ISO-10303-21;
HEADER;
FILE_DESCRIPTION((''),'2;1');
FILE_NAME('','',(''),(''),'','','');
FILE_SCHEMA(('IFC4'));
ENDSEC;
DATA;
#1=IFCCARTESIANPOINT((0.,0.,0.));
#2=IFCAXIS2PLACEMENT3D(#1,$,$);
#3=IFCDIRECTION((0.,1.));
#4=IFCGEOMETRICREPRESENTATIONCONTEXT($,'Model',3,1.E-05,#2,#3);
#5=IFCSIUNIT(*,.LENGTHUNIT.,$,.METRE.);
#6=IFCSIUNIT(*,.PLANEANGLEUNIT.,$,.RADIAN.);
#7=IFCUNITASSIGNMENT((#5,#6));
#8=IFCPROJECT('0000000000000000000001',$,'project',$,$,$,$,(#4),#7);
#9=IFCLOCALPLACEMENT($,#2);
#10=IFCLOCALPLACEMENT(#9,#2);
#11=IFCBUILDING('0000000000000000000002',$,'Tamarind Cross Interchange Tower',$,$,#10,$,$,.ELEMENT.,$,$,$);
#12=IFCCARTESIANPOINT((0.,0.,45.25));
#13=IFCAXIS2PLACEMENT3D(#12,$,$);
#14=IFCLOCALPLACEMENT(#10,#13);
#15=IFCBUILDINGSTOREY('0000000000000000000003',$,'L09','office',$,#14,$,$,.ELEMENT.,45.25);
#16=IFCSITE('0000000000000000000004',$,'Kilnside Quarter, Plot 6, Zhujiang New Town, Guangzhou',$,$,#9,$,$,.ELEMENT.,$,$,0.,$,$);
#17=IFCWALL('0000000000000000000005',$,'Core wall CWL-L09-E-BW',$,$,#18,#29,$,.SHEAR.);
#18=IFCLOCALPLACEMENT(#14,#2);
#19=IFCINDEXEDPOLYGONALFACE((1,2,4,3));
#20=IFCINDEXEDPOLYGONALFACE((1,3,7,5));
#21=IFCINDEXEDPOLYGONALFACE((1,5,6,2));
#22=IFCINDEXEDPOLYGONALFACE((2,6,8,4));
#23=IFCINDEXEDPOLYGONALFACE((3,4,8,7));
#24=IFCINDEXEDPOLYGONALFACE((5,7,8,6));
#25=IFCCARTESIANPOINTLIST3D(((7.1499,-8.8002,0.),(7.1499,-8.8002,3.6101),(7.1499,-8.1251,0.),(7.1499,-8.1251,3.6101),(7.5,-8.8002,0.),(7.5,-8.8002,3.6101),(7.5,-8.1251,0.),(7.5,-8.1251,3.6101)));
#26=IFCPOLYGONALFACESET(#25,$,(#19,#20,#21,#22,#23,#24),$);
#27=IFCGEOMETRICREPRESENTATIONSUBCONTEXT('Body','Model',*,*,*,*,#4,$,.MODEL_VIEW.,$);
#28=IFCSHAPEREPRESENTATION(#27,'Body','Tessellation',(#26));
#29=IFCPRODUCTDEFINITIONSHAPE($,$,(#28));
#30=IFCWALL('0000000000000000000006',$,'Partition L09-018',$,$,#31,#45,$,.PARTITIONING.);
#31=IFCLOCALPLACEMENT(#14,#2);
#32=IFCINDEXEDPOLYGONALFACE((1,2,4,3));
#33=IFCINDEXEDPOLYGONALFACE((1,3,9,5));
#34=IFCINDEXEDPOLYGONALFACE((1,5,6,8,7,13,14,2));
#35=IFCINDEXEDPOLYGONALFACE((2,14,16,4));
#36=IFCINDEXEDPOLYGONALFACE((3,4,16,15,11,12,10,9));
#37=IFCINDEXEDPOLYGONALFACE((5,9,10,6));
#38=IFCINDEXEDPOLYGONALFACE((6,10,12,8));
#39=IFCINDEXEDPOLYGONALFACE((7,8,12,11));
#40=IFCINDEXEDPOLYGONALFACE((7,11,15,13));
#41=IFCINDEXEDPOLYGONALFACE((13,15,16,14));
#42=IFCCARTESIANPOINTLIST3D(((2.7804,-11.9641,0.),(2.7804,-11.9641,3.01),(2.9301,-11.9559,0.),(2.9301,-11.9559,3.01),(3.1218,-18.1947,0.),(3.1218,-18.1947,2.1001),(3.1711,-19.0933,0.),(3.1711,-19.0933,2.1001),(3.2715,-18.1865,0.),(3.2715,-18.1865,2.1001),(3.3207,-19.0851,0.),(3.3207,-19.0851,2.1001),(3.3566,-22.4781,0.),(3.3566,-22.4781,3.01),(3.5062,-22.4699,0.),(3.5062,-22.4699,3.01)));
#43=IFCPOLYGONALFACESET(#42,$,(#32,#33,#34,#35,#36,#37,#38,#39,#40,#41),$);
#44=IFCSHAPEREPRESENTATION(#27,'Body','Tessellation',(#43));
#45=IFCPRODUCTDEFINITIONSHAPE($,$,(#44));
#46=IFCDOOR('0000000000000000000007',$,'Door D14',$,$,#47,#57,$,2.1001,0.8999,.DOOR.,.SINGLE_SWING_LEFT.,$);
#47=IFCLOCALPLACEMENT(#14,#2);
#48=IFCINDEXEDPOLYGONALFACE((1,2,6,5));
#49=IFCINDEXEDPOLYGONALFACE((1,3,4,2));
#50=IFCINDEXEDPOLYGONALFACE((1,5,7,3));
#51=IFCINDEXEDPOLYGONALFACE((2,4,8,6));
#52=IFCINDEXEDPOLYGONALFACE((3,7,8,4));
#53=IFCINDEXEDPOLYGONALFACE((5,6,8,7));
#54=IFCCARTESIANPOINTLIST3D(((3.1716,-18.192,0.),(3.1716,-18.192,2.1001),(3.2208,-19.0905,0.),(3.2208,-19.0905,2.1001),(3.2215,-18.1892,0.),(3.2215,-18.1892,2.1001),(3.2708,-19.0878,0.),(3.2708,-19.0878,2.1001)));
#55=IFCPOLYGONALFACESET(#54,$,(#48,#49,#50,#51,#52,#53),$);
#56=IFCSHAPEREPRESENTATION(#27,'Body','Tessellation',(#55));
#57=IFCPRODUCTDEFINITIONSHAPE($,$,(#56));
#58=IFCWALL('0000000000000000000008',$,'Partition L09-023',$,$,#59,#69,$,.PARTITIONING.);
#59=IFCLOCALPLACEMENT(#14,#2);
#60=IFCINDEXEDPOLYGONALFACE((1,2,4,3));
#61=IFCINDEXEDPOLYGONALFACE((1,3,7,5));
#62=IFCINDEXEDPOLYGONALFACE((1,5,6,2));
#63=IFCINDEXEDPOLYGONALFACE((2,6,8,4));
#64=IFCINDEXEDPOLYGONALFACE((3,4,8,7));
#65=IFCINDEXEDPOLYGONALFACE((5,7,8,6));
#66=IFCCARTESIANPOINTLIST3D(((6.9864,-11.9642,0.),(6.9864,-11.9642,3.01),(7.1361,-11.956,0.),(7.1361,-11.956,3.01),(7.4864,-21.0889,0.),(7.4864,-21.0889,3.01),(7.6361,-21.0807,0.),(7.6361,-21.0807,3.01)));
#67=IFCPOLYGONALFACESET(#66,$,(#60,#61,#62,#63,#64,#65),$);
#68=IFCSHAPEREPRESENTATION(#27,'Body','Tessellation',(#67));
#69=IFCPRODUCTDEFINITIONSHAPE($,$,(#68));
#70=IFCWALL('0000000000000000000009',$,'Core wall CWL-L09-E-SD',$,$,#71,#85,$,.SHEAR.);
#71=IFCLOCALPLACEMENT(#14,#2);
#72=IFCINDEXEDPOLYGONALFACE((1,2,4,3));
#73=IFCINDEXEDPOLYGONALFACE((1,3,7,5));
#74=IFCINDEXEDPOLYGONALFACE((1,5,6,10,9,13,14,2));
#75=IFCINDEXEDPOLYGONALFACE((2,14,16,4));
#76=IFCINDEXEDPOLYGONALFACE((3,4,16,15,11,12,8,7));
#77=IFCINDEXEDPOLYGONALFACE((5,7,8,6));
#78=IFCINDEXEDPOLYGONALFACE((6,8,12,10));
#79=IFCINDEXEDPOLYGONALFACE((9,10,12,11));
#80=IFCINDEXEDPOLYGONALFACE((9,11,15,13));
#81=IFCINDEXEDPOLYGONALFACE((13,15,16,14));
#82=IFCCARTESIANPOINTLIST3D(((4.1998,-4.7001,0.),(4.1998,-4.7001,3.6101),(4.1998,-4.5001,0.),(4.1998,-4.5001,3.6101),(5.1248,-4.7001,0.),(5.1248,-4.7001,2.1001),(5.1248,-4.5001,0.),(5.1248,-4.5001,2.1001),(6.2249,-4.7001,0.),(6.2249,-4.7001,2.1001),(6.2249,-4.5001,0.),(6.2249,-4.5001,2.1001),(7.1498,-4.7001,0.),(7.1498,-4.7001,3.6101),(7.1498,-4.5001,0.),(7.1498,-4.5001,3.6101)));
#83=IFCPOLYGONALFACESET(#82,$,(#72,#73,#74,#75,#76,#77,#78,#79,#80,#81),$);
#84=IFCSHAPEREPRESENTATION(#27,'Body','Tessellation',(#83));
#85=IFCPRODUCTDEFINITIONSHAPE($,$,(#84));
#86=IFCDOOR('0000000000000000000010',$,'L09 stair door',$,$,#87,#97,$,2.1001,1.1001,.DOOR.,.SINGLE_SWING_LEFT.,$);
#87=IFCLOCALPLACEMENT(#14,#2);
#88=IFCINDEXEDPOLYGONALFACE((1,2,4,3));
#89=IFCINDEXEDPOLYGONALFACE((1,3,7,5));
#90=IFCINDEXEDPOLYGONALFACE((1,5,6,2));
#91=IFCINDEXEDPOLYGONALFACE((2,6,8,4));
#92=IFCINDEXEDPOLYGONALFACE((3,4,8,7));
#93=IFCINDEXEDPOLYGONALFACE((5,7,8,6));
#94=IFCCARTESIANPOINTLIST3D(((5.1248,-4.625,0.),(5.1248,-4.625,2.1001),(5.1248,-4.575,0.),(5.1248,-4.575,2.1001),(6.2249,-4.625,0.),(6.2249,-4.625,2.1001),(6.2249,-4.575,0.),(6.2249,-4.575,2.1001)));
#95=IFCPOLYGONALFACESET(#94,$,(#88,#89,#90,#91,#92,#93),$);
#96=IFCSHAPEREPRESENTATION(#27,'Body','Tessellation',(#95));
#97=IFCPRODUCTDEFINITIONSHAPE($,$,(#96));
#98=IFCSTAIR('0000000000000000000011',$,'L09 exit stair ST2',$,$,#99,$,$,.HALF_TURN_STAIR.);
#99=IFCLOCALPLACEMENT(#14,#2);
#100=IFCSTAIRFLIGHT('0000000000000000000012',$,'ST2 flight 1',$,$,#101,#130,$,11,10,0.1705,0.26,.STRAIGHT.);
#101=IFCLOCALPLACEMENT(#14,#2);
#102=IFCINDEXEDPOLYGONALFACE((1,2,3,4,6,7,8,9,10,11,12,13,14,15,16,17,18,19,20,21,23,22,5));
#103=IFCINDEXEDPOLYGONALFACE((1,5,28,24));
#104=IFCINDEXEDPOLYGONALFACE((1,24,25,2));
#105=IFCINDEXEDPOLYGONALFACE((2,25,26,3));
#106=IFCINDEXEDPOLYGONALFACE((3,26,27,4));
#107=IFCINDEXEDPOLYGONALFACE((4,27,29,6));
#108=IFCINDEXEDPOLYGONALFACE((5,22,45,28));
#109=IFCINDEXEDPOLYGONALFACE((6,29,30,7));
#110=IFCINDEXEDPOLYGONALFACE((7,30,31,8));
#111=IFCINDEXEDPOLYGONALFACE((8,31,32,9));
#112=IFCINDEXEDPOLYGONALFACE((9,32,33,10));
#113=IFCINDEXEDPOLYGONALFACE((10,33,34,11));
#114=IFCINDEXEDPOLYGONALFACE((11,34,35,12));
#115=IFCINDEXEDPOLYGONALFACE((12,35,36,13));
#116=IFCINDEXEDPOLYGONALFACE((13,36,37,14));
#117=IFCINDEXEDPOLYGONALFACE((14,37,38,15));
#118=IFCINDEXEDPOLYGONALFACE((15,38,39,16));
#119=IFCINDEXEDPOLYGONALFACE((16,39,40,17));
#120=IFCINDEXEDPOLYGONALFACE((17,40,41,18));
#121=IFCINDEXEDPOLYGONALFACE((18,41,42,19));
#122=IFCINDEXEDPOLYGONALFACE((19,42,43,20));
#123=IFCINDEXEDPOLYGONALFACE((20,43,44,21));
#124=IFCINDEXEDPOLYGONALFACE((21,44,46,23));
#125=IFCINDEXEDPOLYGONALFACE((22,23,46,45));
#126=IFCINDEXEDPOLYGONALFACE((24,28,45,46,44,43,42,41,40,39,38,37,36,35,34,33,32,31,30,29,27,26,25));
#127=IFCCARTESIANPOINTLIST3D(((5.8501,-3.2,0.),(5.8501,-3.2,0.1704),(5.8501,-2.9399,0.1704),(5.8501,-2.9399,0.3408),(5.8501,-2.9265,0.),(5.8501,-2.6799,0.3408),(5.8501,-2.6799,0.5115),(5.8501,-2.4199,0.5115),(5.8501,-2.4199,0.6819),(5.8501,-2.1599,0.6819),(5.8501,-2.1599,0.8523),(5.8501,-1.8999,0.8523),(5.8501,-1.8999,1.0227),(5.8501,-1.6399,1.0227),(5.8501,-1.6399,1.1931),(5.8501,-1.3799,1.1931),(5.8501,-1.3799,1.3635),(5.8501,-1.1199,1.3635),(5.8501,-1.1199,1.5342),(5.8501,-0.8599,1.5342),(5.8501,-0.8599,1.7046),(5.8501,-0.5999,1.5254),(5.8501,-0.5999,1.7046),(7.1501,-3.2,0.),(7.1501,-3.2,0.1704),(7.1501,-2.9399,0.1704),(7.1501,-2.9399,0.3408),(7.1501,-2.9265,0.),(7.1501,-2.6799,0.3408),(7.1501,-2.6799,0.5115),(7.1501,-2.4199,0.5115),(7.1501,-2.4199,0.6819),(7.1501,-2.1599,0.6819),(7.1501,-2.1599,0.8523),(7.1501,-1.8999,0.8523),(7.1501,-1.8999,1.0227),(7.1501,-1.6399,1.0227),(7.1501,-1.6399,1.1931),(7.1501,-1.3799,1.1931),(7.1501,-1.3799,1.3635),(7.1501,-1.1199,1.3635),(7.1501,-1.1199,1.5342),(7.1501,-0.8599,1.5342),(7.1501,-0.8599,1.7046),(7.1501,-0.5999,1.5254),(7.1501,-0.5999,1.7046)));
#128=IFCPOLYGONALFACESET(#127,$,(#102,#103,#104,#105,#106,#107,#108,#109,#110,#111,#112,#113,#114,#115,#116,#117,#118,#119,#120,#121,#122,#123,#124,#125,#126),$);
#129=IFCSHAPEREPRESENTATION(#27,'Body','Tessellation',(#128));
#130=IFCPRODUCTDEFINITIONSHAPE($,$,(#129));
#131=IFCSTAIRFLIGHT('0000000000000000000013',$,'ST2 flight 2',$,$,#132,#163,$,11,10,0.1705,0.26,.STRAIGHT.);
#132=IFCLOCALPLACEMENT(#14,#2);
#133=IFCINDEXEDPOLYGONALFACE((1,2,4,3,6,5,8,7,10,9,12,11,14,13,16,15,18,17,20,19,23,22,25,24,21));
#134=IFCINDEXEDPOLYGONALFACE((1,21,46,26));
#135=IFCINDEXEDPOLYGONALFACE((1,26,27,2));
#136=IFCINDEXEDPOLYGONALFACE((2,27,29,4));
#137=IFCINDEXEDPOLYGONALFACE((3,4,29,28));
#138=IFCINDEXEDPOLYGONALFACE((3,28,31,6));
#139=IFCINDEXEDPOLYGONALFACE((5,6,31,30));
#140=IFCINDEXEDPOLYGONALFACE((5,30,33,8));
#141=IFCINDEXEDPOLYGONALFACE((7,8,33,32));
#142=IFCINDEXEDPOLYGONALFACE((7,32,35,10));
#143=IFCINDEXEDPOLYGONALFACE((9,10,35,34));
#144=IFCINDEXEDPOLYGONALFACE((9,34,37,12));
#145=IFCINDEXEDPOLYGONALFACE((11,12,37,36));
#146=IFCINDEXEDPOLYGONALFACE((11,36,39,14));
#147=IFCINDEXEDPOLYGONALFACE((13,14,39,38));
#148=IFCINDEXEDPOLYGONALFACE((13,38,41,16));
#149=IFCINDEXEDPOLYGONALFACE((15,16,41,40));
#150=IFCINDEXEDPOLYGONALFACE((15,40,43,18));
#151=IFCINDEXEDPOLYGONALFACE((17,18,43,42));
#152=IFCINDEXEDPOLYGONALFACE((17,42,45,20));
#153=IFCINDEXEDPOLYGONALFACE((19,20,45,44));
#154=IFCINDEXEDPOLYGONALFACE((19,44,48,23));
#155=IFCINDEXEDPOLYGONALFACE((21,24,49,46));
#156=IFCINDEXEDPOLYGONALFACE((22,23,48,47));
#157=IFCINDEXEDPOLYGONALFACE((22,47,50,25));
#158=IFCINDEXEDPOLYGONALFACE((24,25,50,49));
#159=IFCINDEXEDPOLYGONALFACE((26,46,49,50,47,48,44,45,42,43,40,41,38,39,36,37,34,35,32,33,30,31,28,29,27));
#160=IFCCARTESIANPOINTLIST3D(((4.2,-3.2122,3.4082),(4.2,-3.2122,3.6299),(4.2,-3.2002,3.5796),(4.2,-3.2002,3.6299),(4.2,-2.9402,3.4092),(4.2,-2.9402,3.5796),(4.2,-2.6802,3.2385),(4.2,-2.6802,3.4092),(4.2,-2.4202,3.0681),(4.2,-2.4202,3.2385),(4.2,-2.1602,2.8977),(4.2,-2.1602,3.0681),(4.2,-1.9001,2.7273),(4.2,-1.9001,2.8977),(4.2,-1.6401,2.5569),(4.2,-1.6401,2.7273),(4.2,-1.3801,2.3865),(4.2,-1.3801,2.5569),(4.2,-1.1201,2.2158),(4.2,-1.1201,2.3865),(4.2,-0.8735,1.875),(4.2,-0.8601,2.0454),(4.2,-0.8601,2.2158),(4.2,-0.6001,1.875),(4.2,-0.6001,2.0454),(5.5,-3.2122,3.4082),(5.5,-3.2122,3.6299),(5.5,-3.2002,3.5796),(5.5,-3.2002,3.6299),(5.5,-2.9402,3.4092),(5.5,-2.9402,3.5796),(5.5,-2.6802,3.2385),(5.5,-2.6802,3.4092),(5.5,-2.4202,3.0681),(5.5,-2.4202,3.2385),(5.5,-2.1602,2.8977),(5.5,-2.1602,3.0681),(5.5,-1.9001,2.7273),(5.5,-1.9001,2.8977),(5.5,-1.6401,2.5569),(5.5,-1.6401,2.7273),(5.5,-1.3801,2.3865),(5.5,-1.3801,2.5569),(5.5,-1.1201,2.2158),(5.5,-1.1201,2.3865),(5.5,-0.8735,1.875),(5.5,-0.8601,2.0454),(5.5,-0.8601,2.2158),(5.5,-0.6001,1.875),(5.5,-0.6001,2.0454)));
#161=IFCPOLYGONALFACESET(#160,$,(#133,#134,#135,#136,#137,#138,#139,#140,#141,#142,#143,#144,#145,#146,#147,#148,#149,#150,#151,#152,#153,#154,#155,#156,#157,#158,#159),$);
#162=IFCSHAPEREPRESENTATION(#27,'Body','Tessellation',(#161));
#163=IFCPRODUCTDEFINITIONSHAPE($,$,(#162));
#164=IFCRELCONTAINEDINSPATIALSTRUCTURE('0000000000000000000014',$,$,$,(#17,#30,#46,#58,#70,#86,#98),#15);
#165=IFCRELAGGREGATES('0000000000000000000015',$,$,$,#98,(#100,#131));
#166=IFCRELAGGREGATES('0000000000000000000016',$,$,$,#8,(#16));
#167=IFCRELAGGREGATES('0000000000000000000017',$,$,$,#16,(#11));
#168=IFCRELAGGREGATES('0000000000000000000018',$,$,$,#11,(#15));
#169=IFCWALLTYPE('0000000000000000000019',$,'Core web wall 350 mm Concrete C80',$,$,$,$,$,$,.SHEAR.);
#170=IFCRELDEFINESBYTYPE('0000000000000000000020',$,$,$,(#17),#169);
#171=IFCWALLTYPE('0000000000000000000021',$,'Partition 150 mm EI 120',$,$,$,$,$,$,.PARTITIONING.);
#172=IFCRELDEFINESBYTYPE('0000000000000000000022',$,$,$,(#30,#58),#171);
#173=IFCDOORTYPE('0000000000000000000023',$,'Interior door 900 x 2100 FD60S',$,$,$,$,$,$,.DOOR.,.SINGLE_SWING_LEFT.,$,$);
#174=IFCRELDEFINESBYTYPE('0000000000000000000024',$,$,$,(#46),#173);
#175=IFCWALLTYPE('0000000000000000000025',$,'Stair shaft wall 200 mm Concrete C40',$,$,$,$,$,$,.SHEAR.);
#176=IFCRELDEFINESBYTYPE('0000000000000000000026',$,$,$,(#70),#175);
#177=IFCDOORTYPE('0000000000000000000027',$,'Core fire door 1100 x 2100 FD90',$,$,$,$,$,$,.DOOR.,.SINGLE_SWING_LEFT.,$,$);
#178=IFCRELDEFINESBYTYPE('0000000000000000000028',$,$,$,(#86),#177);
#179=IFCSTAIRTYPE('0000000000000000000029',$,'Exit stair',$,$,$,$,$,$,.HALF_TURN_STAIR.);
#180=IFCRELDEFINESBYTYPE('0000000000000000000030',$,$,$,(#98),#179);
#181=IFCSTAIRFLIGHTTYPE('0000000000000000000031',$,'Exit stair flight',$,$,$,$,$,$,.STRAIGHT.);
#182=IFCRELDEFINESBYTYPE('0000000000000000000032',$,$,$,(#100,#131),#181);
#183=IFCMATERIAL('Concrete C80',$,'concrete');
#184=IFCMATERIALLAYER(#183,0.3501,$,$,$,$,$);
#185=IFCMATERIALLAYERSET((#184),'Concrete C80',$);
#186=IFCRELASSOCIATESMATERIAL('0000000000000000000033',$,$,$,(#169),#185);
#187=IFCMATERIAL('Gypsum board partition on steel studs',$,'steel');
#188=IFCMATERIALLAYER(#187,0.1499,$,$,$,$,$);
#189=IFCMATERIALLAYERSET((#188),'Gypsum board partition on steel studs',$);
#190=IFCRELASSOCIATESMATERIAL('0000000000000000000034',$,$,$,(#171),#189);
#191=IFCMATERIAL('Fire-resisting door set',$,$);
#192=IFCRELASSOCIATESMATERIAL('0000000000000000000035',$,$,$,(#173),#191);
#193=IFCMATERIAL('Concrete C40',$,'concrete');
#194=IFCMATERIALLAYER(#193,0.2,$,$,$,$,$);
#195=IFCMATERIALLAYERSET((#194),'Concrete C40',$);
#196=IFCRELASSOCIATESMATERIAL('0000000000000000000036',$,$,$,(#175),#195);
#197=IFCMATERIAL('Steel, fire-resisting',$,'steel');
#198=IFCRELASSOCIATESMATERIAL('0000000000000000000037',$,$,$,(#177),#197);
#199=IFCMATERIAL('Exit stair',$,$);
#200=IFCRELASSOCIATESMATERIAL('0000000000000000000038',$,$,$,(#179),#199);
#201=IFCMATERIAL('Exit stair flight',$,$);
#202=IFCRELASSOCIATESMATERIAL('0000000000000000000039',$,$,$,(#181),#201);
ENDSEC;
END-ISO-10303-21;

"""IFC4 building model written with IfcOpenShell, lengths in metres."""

from ifc_helpers import new_model, si_unit, direction, frame, frame_2d, origin, place, context, subcontext, project, spatial, polyline, rectangle, outline, extrude, material, layer, layer_set, type_object, element, fill, aggregate, save


model = new_model("IFC4")

# Units and contexts
model_context = context("Model", 3, precision=1e-05, world=origin(), true_north=direction((0.0, 1.0)))
body_context = subcontext(model_context, "Body", "Model", "MODEL_VIEW")
ifc_project = project(units=[si_unit("LENGTHUNIT", "METRE"), si_unit("PLANEANGLEUNIT", "RADIAN")], contexts=[model_context])

# Site, building, storey
site_placement = place(None, origin())
site = spatial("IfcSite", under=ifc_project, at=site_placement, Name="Kilnside Quarter, Plot 6, Zhujiang New Town, Guangzhou", CompositionType="ELEMENT", RefElevation=0.0)
building_placement = place(site_placement, origin())
building = spatial("IfcBuilding", under=site, at=building_placement, Name="Tamarind Cross Interchange Tower", CompositionType="ELEMENT")
storey_placement = place(building_placement, frame((0.0, 0.0, 45.25)))
storey = spatial("IfcBuildingStorey", under=building, at=storey_placement, Name="L09", Description="office", CompositionType="ELEMENT", Elevation=45.25)

# Shared definitions
ifc_material_1 = material(Name="Concrete C80", Category="concrete")
ifc_material_2 = material(Name="Steel, fire-resisting", Category="steel")

# Wall
ifc_layer_1 = layer(ifc_material_1, 0.3501)
ifc_layer_set_1 = layer_set([ifc_layer_1], Name="Concrete C80")
wall_type_1 = type_object("IfcWallType", Name="Core web wall 350 mm Concrete C80", PredefinedType="SHEAR", material=ifc_layer_set_1)
wall_1_placement = place(storey_placement, frame((7.325, -8.8, 0.0), z_axis=(0.0, 0.0, 1.0), x_axis=(0.0, 1.0, 0.0)))
element("IfcWall", 1, at=wall_1_placement, inside=storey, type_object=wall_type_1, Name="Core wall CWL-L09-E-BW", PredefinedType="SHEAR", context=body_context, shape_type="SweptSolid", body=[
    extrude(rectangle(XDim=0.675, YDim=0.3501, at=frame_2d((0.3374, 0.0))), origin(), (0.0, 0.0, 1.0), 3.6101),
])

# Wall, opening, door
ifc_material_3 = material(Name="Gypsum board partition on steel studs", Category="steel")
ifc_layer_2 = layer(ifc_material_3, 0.1499)
ifc_layer_set_2 = layer_set([ifc_layer_2], Name="Gypsum board partition on steel studs")
wall_type_2 = type_object("IfcWallType", Name="Partition 150 mm EI 120", PredefinedType="PARTITIONING", material=ifc_layer_set_2)
wall_2_placement = place(storey_placement, frame((2.8552, -11.96, 0.0), z_axis=(0.0, 0.0, 1.0), x_axis=(0.054719, -0.998502, 0.0)))
wall_2 = element("IfcWall", 2, at=wall_2_placement, inside=storey, type_object=wall_type_2, Name="Partition L09-018", PredefinedType="PARTITIONING", context=body_context, shape_type="SweptSolid", body=[
    extrude(rectangle(XDim=10.5298, YDim=0.1499, at=frame_2d((5.2649, 0.0))), origin(), (0.0, 0.0, 1.0), 3.01),
])
opening_1_placement = place(wall_2_placement, frame((6.24, 0.0, 0.0)))
opening_1 = element("IfcOpeningElement", 3, at=opening_1_placement, cuts=wall_2, PredefinedType="OPENING", context=body_context, shape_type="SweptSolid", body=[
    extrude(rectangle(XDim=0.8999, YDim=2.1001, at=frame_2d((0.45, 1.05))), frame((0.0, 0.085, 0.0), z_axis=(0.0, -1.0, 0.0), x_axis=(1.0, 0.0, 0.0)), (0.0, 0.0, 1.0), 0.1699),
])
ifc_material_4 = material(Name="Fire-resisting door set")
door_type_1 = type_object("IfcDoorType", Name="Interior door 900 x 2100 FD60S", OperationType="SINGLE_SWING_LEFT", PredefinedType="DOOR", material=ifc_material_4)
door_1_placement = place(opening_1_placement, origin())
door_1 = element("IfcDoor", 4, at=door_1_placement, inside=storey, type_object=door_type_1, Name="Door D14", OperationType="SINGLE_SWING_LEFT", OverallHeight=2.1001, OverallWidth=0.8999, PredefinedType="DOOR", context=body_context, shape_type="SweptSolid", body=[
    extrude(rectangle(XDim=0.8999, YDim=2.1001, at=frame_2d((0.45, 1.05))), frame((0.0, 0.0249, 0.0), z_axis=(0.0, -1.0, 0.0), x_axis=(1.0, 0.0, 0.0)), (0.0, 0.0, 1.0), 0.05),
])
fill(opening_1, door_1)

# Wall
wall_3_placement = place(storey_placement, frame((7.0613, -11.96, 0.0), z_axis=(0.0, 0.0, 1.0), x_axis=(0.054714, -0.998502, 0.0)))
element("IfcWall", 5, at=wall_3_placement, inside=storey, type_object=wall_type_2, Name="Partition L09-023", PredefinedType="PARTITIONING", context=body_context, shape_type="SweptSolid", body=[
    extrude(rectangle(XDim=9.1384, YDim=0.1499, at=frame_2d((4.5693, 0.0))), origin(), (0.0, 0.0, 1.0), 3.01),
])

# Wall, opening, door
ifc_material_5 = material(Name="Concrete C40", Category="concrete")
ifc_layer_3 = layer(ifc_material_5, 0.2)
ifc_layer_set_3 = layer_set([ifc_layer_3], Name="Concrete C40")
wall_type_3 = type_object("IfcWallType", Name="Stair shaft wall 200 mm Concrete C40", PredefinedType="SHEAR", material=ifc_layer_set_3)
wall_4_placement = place(storey_placement, frame((7.1499, -4.6001, 0.0), z_axis=(0.0, 0.0, 1.0), x_axis=(-1.0, 0.0, 0.0)))
wall_4 = element("IfcWall", 6, at=wall_4_placement, inside=storey, type_object=wall_type_3, Name="Core wall CWL-L09-E-SD", PredefinedType="SHEAR", context=body_context, shape_type="SweptSolid", body=[
    extrude(rectangle(XDim=2.95, YDim=0.2, at=frame_2d((1.4751, 0.0))), origin(), (0.0, 0.0, 1.0), 3.6101),
])
opening_2_placement = place(wall_4_placement, frame((0.925, 0.0, 0.0)))
opening_2 = element("IfcOpeningElement", 7, at=opening_2_placement, cuts=wall_4, PredefinedType="OPENING", context=body_context, shape_type="SweptSolid", body=[
    extrude(rectangle(XDim=1.1001, YDim=2.1001, at=frame_2d((0.55, 1.05))), frame((0.0, 0.1099, 0.0), z_axis=(0.0, -1.0, 0.0), x_axis=(1.0, 0.0, 0.0)), (0.0, 0.0, 1.0), 0.22),
])
door_type_2 = type_object("IfcDoorType", Name="Core fire door 1100 x 2100 FD90", OperationType="SINGLE_SWING_LEFT", PredefinedType="DOOR", material=ifc_material_2)
door_2_placement = place(opening_2_placement, origin())
door_2 = element("IfcDoor", 8, at=door_2_placement, inside=storey, type_object=door_type_2, Name="L09 stair door", OperationType="SINGLE_SWING_LEFT", OverallHeight=2.1001, OverallWidth=1.1001, PredefinedType="DOOR", context=body_context, shape_type="SweptSolid", body=[
    extrude(rectangle(XDim=1.1001, YDim=2.1001, at=frame_2d((0.55, 1.05))), frame((0.0, 0.0249, 0.0), z_axis=(0.0, -1.0, 0.0), x_axis=(1.0, 0.0, 0.0)), (0.0, 0.0, 1.0), 0.05),
])
fill(opening_2, door_2)

# Stair, stair flights
ifc_material_6 = material(Name="Exit stair")
stair_type = type_object("IfcStairType", Name="Exit stair", PredefinedType="HALF_TURN_STAIR", material=ifc_material_6)
stair_placement = place(storey_placement, origin())
stair = element("IfcStair", 9, at=stair_placement, inside=storey, type_object=stair_type, Name="L09 exit stair ST2", PredefinedType="HALF_TURN_STAIR")
ifc_material_7 = material(Name="Exit stair flight")
stair_flight_type = type_object("IfcStairFlightType", Name="Exit stair flight", PredefinedType="STRAIGHT", material=ifc_material_7)
stair_flight_1_placement = place(storey_placement, frame((6.5, -3.2, 0.0), z_axis=(0.0, 0.0, 1.0), x_axis=(0.0, 1.0, 0.0)))
stair_flight_1 = element("IfcStairFlight", 10, at=stair_flight_1_placement, type_object=stair_flight_type, Name="ST2 flight 1", NumberOfRisers=11, NumberOfTreads=10, PredefinedType="STRAIGHT", RiserHeight=0.1705, TreadLength=0.26, context=body_context, shape_type="SweptSolid", body=[
    extrude(outline(polyline([(0.0, 0.0), (0.0, 0.1704), (0.26, 0.1704), (0.26, 0.3408), (0.52, 0.3408), (0.52, 0.5115), (0.78, 0.5115), (0.78, 0.6819), (1.04, 0.6819), (1.04, 0.8523), (1.3, 0.8523), (1.3, 1.0227), (1.5601, 1.0227), (1.5601, 1.1931), (1.8201, 1.1931), (1.8201, 1.3635), (2.0801, 1.3635), (2.0801, 1.5342), (2.3401, 1.5342), (2.3401, 1.7046), (2.6001, 1.7046), (2.6001, 1.875), (2.6001, 1.5254), (0.2734, 0.0), (0.0, 0.0)])), frame((0.0, 0.6499, 0.0), z_axis=(0.0, -1.0, 0.0), x_axis=(1.0, 0.0, 0.0)), (0.0, 0.0, 1.0), 1.3),
])
stair_flight_2_placement = place(storey_placement, frame((4.8501, -0.6001, 1.875), z_axis=(0.0, 0.0, 1.0), x_axis=(0.0, -1.0, 0.0)))
stair_flight_2 = element("IfcStairFlight", 11, at=stair_flight_2_placement, type_object=stair_flight_type, Name="ST2 flight 2", NumberOfRisers=11, NumberOfTreads=10, PredefinedType="STRAIGHT", RiserHeight=0.1705, TreadLength=0.26, context=body_context, shape_type="SweptSolid", body=[
    extrude(outline(polyline([(0.0, 0.0), (0.0, 0.1704), (0.26, 0.1704), (0.26, 0.3408), (0.52, 0.3408), (0.52, 0.5115), (0.78, 0.5115), (0.78, 0.6819), (1.04, 0.6819), (1.04, 0.8523), (1.3, 0.8523), (1.3, 1.0227), (1.5601, 1.0227), (1.5601, 1.1931), (1.8201, 1.1931), (1.8201, 1.3635), (2.0801, 1.3635), (2.0801, 1.5342), (2.3401, 1.5342), (2.3401, 1.7046), (2.6001, 1.7046), (2.6001, 1.7549), (2.6121, 1.7549), (2.6121, 1.5332), (0.2734, 0.0), (0.0, 0.0)])), frame((0.0, 0.6499, 0.0), z_axis=(0.0, -1.0, 0.0), x_axis=(1.0, 0.0, 0.0)), (0.0, 0.0, 1.0), 1.3),
])
aggregate(stair, [stair_flight_1, stair_flight_2])

save(model, "model.ifc")
